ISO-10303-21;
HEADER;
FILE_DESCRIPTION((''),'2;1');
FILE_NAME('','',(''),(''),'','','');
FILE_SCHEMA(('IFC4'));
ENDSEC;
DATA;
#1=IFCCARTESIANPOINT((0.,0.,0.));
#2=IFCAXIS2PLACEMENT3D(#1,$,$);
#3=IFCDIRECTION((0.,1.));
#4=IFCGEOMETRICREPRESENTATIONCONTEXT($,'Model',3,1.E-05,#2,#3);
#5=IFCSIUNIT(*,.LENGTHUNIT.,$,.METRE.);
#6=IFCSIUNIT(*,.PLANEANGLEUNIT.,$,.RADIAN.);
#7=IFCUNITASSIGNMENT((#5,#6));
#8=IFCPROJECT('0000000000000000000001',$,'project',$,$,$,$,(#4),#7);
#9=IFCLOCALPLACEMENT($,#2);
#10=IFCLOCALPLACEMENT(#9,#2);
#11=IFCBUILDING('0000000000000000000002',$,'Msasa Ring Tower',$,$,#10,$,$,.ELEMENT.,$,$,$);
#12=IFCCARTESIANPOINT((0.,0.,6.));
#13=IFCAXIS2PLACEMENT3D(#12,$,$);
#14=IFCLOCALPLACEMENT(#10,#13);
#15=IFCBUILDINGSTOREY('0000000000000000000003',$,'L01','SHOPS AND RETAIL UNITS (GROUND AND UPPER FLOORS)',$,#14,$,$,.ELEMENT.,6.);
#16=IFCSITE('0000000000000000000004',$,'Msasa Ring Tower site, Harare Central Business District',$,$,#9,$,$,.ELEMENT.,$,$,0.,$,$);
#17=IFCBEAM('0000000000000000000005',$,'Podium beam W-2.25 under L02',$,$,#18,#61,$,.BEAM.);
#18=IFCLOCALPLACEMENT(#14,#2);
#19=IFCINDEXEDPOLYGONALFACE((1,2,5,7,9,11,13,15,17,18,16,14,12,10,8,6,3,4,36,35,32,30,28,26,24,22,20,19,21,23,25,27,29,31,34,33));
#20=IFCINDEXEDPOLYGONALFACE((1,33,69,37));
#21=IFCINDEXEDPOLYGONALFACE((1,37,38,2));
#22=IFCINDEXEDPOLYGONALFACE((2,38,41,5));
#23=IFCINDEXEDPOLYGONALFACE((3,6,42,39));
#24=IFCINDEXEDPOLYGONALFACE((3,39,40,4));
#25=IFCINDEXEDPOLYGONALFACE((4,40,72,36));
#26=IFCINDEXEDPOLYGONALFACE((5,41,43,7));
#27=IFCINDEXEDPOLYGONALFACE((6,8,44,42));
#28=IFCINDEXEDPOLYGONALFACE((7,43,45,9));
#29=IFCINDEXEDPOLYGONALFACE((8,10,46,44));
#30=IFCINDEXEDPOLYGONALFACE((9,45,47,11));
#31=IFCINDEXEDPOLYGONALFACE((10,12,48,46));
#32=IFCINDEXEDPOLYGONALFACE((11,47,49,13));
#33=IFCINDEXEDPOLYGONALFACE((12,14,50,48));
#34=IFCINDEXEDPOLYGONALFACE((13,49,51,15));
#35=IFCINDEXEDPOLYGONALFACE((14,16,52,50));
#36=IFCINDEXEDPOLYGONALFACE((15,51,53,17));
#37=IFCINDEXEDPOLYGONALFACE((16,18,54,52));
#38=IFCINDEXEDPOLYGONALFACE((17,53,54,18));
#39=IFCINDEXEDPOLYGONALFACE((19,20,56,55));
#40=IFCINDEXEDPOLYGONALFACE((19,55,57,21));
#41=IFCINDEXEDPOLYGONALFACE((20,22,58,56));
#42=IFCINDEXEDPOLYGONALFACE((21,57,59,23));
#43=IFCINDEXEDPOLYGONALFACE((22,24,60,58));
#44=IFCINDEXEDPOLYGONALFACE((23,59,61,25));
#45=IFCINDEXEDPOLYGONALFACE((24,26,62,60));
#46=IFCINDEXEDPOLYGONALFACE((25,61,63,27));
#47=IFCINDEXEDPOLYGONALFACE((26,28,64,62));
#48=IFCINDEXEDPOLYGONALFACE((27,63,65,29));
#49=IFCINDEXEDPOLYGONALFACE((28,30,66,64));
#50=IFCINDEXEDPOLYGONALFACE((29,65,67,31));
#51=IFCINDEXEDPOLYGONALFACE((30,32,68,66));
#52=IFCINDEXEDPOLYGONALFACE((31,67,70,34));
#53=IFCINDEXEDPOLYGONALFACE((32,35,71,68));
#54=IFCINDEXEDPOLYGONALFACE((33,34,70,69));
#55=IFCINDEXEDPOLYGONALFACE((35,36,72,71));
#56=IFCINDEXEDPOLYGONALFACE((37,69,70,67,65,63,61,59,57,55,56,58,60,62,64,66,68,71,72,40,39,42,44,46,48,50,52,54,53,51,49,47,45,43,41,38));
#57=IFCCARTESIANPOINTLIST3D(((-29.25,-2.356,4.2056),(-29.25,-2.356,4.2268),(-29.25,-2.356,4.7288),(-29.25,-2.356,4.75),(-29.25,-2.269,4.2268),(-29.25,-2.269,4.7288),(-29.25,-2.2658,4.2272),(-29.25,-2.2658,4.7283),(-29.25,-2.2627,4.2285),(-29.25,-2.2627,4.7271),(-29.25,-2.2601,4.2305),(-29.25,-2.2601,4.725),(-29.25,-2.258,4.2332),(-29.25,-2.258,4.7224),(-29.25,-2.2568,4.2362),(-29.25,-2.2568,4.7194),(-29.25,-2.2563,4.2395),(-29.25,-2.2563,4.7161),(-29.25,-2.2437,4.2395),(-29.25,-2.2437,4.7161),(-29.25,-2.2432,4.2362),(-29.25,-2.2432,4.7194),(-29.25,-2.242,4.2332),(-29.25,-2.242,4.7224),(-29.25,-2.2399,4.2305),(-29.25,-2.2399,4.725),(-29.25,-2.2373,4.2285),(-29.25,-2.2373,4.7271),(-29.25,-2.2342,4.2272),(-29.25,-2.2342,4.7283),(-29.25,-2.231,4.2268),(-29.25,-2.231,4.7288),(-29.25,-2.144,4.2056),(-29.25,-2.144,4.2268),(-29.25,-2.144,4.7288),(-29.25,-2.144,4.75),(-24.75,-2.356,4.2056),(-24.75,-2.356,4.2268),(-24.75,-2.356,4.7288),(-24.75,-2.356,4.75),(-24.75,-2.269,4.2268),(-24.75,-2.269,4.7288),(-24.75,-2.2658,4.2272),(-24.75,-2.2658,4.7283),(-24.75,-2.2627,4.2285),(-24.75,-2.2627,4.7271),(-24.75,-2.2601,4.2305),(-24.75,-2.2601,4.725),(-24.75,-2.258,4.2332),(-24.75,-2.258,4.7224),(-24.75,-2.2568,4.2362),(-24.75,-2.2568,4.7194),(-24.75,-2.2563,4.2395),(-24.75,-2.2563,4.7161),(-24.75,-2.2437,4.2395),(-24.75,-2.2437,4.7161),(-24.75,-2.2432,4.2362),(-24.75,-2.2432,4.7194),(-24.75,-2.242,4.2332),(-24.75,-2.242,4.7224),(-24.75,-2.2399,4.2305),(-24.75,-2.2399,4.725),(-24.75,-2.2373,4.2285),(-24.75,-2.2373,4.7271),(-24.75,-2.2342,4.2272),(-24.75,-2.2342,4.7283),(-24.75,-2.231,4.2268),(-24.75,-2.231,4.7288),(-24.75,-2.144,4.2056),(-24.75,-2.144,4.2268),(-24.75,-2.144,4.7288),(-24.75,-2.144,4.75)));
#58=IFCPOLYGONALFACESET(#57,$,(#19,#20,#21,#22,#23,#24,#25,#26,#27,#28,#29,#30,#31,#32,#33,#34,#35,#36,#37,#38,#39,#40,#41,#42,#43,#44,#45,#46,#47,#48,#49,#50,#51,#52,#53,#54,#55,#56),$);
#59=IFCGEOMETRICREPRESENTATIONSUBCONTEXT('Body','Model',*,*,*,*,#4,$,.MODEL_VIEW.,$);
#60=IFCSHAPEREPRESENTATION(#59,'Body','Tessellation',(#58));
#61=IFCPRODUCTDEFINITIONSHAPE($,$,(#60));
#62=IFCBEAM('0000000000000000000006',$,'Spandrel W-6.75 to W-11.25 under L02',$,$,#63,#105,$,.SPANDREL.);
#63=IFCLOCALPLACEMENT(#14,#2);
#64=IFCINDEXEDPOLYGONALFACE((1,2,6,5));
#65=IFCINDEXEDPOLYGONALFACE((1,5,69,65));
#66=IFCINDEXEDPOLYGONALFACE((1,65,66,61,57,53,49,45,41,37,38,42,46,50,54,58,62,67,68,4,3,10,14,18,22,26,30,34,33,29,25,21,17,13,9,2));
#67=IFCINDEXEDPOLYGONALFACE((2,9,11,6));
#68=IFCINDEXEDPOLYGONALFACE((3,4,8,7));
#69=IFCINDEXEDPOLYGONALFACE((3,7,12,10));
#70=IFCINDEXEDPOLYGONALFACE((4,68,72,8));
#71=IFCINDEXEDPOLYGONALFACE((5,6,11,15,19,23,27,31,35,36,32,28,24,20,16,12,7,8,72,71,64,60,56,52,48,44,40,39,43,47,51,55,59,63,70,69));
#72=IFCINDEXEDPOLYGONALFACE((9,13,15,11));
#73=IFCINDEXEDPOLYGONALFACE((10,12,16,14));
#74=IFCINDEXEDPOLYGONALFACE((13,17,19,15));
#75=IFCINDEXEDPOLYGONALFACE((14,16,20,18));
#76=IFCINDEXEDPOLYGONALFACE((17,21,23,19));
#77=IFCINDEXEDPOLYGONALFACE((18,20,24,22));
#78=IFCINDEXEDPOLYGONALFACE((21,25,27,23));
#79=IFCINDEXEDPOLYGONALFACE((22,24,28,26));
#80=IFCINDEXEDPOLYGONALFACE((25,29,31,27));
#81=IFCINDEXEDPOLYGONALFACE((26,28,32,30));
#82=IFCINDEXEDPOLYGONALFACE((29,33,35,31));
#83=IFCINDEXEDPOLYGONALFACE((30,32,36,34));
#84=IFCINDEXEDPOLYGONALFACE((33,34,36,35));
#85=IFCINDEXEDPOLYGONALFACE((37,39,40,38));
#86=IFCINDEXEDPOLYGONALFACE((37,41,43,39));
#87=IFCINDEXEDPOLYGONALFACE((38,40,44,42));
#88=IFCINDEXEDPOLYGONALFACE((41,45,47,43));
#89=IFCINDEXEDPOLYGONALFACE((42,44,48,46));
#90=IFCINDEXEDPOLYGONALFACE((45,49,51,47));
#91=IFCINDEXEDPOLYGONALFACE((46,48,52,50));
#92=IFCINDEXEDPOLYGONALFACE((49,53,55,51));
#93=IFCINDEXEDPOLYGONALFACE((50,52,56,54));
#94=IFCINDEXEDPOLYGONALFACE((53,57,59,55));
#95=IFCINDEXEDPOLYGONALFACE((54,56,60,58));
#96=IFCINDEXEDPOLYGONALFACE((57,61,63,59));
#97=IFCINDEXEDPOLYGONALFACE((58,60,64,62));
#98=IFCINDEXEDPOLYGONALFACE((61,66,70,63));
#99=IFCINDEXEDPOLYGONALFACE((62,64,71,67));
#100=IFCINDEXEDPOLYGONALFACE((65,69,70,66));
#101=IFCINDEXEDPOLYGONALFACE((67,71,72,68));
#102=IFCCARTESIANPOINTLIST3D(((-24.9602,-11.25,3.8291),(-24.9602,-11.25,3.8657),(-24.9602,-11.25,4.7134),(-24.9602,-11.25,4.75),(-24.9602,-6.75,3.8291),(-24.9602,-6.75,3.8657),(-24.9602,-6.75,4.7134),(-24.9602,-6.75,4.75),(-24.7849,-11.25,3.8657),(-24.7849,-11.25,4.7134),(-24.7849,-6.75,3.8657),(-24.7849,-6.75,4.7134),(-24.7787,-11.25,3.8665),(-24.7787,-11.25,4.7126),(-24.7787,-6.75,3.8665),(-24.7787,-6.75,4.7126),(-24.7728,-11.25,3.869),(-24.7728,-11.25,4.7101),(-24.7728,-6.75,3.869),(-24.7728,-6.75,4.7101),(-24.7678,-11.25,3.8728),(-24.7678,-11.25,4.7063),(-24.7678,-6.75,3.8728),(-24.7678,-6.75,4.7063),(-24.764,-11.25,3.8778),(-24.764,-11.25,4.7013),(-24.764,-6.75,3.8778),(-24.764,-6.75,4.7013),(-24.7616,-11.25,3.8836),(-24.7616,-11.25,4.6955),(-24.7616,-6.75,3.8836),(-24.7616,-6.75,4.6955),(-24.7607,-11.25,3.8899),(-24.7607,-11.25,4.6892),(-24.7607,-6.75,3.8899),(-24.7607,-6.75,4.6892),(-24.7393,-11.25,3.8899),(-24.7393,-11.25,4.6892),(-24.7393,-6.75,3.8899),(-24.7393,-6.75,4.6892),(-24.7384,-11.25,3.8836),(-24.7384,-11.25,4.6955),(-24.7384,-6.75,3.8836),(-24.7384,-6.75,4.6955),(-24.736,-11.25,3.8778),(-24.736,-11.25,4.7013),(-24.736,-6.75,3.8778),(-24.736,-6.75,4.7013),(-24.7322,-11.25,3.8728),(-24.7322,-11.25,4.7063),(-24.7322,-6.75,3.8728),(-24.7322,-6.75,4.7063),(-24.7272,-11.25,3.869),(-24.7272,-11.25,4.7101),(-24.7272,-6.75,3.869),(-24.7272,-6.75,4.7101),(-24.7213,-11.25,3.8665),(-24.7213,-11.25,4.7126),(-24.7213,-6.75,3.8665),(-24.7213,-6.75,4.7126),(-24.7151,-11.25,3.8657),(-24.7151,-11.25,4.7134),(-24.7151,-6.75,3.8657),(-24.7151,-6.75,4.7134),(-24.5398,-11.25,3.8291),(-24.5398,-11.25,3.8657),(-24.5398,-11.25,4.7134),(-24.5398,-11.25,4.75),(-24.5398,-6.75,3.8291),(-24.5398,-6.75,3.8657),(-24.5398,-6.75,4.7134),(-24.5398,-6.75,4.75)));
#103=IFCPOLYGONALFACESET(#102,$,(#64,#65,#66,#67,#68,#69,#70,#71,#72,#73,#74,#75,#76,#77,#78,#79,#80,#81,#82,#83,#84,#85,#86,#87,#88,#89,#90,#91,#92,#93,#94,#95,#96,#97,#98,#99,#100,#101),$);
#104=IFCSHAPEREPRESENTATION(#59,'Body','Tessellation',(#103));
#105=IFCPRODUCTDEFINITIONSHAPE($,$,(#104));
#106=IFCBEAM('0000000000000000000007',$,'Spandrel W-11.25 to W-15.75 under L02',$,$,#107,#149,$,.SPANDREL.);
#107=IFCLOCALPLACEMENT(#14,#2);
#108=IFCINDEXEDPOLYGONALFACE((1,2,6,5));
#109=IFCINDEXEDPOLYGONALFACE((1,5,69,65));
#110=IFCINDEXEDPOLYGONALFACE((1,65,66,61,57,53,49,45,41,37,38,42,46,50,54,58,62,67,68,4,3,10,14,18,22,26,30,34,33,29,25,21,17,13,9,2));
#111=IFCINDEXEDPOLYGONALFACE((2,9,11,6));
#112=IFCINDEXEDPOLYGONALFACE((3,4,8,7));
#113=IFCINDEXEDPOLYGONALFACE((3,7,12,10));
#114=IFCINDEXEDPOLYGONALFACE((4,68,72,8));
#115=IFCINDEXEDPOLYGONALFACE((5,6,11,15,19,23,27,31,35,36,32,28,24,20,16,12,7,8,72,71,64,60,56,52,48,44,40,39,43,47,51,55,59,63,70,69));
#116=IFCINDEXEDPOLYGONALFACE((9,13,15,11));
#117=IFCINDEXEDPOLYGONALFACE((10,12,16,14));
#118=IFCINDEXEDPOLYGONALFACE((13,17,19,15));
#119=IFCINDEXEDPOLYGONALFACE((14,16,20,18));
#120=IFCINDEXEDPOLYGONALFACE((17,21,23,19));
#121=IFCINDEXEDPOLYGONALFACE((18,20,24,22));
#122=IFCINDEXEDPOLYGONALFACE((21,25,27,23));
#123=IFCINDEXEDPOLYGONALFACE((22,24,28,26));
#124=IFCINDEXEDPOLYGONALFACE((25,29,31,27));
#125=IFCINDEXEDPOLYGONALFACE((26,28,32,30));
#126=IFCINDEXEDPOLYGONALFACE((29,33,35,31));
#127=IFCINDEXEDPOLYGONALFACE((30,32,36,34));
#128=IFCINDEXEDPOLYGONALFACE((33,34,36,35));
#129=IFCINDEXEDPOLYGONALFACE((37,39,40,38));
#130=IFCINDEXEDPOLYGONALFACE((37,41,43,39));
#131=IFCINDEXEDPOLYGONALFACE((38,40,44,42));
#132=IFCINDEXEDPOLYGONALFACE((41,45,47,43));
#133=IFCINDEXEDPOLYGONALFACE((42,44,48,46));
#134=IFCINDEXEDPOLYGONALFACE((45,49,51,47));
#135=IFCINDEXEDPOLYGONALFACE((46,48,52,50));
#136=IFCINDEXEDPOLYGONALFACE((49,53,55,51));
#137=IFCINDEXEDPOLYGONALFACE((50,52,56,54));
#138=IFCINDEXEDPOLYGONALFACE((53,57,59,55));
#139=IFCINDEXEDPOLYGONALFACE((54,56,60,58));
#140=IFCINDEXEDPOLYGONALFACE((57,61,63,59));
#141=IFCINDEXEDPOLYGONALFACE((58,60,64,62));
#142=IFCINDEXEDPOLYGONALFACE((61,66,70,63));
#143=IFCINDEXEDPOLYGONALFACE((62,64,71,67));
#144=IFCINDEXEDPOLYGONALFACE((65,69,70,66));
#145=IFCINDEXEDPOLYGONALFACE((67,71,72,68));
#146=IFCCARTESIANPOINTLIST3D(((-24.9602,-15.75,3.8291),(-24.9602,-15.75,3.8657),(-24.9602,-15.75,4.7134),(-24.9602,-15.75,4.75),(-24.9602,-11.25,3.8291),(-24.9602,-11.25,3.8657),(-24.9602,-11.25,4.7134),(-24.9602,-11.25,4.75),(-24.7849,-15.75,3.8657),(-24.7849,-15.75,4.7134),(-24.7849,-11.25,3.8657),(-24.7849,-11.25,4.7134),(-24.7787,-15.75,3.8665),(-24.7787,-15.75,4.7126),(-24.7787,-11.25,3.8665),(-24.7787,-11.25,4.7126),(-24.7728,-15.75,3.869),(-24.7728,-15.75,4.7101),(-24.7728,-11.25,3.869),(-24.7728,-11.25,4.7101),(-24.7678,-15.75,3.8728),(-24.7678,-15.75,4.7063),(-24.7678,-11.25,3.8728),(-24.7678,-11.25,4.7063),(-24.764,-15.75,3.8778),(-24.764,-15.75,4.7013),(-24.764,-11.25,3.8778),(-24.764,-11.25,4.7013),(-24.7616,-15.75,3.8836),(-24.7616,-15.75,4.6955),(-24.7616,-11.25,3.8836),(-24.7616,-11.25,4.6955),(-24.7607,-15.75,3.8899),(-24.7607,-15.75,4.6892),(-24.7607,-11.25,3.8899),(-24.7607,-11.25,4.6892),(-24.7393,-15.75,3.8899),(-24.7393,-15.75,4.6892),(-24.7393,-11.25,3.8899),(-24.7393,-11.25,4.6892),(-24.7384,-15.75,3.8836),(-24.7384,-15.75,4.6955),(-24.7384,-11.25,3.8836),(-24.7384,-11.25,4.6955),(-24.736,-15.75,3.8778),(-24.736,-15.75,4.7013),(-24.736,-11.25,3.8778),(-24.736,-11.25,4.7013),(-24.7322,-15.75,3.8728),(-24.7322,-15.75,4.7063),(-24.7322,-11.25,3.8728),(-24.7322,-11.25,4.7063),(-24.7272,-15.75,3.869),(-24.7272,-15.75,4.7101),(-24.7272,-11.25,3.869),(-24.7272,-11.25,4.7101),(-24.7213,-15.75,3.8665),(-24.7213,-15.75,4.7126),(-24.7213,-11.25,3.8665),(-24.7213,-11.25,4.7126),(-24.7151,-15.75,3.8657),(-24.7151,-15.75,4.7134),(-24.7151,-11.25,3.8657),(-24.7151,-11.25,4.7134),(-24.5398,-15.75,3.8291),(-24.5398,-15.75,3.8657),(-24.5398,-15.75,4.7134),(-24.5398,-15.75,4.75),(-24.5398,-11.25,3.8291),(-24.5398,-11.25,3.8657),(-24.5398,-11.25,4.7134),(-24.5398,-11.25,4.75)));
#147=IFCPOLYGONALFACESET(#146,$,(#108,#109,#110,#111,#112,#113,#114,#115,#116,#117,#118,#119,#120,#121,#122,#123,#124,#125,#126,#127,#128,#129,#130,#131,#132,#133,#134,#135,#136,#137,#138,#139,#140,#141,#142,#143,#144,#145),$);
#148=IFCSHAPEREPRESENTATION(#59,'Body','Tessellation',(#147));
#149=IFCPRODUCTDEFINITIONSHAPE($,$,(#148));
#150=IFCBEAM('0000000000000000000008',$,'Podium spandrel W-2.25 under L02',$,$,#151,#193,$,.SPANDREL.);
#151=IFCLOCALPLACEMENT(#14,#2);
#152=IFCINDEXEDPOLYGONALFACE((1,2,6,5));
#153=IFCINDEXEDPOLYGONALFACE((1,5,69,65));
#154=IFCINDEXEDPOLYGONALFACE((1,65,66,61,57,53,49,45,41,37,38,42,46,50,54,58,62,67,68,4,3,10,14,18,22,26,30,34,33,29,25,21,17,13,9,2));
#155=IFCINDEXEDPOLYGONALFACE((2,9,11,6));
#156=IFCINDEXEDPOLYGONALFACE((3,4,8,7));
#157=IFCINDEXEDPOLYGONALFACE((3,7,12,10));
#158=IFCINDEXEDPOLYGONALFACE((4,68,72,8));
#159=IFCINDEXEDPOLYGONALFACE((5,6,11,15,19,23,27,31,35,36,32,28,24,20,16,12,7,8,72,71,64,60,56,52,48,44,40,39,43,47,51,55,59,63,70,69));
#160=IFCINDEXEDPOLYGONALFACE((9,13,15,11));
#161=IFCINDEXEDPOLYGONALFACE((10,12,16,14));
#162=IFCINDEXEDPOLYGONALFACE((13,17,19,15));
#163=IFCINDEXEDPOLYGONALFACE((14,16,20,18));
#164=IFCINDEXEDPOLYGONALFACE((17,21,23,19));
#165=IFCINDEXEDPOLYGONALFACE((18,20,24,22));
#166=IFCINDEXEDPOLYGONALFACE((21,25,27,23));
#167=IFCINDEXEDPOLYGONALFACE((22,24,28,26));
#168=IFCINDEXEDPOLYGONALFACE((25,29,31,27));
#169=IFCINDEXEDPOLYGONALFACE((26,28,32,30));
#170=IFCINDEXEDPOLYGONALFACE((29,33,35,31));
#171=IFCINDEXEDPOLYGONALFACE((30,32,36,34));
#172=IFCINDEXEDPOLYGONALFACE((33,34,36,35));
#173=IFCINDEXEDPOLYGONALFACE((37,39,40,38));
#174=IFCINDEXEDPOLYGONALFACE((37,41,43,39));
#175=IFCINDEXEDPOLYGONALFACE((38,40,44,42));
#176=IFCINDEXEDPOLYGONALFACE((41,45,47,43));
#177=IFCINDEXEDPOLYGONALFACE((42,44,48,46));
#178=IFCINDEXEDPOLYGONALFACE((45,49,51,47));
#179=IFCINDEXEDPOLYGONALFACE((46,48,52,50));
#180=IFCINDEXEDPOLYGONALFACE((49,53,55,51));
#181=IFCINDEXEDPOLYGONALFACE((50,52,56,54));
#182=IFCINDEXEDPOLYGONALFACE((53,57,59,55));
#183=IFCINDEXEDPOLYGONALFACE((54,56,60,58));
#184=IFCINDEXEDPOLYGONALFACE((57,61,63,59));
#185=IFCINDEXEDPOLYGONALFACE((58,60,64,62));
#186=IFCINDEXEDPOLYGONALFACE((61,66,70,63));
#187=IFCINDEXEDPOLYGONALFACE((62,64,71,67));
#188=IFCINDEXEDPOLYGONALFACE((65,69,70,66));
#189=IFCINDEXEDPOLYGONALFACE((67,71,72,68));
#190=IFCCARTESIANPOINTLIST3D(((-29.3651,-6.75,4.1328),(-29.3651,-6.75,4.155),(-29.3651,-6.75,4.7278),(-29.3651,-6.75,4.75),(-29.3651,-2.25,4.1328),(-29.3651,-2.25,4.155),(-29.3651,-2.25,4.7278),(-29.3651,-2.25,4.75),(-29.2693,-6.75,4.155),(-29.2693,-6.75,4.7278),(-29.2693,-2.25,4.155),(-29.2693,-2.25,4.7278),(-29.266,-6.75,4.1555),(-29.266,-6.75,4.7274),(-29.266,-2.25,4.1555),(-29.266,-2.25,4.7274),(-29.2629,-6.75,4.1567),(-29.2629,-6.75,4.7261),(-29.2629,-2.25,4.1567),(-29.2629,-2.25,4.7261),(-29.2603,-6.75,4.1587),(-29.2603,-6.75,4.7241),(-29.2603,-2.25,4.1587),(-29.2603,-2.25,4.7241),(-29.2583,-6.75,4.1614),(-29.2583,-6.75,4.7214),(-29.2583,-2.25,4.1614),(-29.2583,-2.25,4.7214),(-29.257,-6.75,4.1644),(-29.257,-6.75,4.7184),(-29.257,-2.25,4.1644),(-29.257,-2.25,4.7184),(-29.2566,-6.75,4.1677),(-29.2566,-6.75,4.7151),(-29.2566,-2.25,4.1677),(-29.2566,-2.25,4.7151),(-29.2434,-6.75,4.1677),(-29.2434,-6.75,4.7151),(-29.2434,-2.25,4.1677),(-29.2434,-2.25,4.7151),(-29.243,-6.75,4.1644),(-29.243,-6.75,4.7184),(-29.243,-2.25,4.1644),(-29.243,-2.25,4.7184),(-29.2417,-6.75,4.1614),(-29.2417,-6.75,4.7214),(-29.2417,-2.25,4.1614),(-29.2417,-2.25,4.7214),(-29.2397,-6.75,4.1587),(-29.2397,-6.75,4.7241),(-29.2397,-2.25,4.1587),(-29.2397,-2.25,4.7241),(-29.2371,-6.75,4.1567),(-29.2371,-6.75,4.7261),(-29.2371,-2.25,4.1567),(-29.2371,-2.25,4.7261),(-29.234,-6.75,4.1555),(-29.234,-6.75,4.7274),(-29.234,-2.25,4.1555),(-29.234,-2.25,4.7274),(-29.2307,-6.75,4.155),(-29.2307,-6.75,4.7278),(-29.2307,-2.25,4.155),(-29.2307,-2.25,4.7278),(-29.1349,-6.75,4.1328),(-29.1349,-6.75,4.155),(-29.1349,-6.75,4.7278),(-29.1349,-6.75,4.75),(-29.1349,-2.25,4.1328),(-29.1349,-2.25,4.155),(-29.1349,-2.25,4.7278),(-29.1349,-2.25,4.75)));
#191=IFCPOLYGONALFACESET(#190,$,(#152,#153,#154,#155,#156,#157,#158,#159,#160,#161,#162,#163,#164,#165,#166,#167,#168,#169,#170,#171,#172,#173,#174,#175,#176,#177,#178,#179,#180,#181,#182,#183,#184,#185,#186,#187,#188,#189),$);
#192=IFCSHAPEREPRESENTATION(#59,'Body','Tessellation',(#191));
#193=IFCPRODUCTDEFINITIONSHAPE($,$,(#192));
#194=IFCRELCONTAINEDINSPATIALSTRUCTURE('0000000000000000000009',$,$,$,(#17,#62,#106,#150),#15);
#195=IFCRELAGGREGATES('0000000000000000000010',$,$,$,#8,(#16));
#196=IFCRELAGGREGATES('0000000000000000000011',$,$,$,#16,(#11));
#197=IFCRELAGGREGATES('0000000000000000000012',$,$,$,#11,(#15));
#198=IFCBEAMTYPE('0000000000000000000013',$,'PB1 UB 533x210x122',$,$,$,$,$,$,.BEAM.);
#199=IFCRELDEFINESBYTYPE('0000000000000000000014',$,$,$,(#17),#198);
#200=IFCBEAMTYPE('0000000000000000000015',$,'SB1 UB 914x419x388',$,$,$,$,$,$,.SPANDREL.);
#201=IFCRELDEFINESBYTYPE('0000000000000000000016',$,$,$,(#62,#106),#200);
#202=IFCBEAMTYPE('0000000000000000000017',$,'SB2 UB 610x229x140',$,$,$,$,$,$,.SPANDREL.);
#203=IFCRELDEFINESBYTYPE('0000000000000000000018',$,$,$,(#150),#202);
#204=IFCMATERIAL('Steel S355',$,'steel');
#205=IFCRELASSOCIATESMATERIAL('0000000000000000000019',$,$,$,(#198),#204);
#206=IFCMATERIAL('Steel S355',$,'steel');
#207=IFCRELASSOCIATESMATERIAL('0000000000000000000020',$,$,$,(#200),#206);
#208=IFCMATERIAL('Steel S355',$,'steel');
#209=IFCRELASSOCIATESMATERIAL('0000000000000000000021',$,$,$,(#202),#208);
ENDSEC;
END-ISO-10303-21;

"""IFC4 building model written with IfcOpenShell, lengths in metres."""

from ifc_helpers import new_model, si_unit, direction, frame, origin, origin_2d, place, context, subcontext, project, spatial, i_section, extrude, material, material_profile, profile_set, type_object, element, save


model = new_model("IFC4")

# Units and contexts
model_context = context("Model", 3, precision=1e-05, world=origin(), true_north=direction((0.0, 1.0)))
body_context = subcontext(model_context, "Body", "Model", "MODEL_VIEW")
ifc_project = project(units=[si_unit("LENGTHUNIT", "METRE"), si_unit("PLANEANGLEUNIT", "RADIAN")], contexts=[model_context])

# Site, building, storey
site_placement = place(None, origin())
site = spatial("IfcSite", under=ifc_project, at=site_placement, Name="Msasa Ring Tower site, Harare Central Business District", CompositionType="ELEMENT", RefElevation=0.0)
building_placement = place(site_placement, origin())
building = spatial("IfcBuilding", under=site, at=building_placement, Name="Msasa Ring Tower", CompositionType="ELEMENT")
storey_placement = place(building_placement, frame((0.0, 0.0, 6.0)))
storey = spatial("IfcBuildingStorey", under=building, at=storey_placement, Name="L01", Description="SHOPS AND RETAIL UNITS (GROUND AND UPPER FLOORS)", CompositionType="ELEMENT", Elevation=6.0)

# Beams
ifc_material_1 = material(Name="Steel S355", Category="steel")
ifc_material_profile_1 = material_profile(ifc_material_1, i_section(OverallWidth=0.2119, OverallDepth=0.5444, WebThickness=0.0127, FlangeThickness=0.0212, FilletRadius=0.0127, at=origin_2d()), Name="UB 533x210x122")
ifc_profile_set_1 = profile_set([ifc_material_profile_1], Name="Steel S355")
beam_type_1 = type_object("IfcBeamType", Name="PB1 UB 533x210x122", PredefinedType="BEAM", material=ifc_profile_set_1)
for number, where, z_axis, x_axis, name in (
    (1, (-29.25, -2.25, 4.4778), (1.0, 0.0, 0.0), (0.0, 1.0, 0.0), "Podium beam W-2.25 under L02"),
):
    element("IfcBeam", number, at=place(storey_placement, frame(where, z_axis=z_axis, x_axis=x_axis)), inside=storey, type_object=beam_type_1, Name=name, PredefinedType="BEAM", context=body_context, shape_type="SweptSolid", body=[
        extrude(i_section(OverallWidth=0.2119, OverallDepth=0.5444, WebThickness=0.0127, FlangeThickness=0.0212, FilletRadius=0.0127, at=origin_2d()), origin(), (0.0, 0.0, 1.0), 4.5),
    ])
ifc_material_2 = material(Name="Steel S355", Category="steel")
ifc_material_profile_2 = material_profile(ifc_material_2, i_section(OverallWidth=0.4204, OverallDepth=0.9209, WebThickness=0.0215, FlangeThickness=0.0366, FilletRadius=0.0242, at=origin_2d()), Name="UB 914x419x388")
ifc_profile_set_2 = profile_set([ifc_material_profile_2], Name="Steel S355")
beam_type_2 = type_object("IfcBeamType", Name="SB1 UB 914x419x388", PredefinedType="SPANDREL", material=ifc_profile_set_2)
for number, where, z_axis, x_axis, name in (
    (2, (-24.75, -6.75, 4.2896), (0.0, -1.0, 0.0), (1.0, 0.0, 0.0), "Spandrel W-6.75 to W-11.25 under L02"),
    (3, (-24.75, -11.25, 4.2896), (0.0, -1.0, 0.0), (1.0, 0.0, 0.0), "Spandrel W-11.25 to W-15.75 under L02"),
):
    element("IfcBeam", number, at=place(storey_placement, frame(where, z_axis=z_axis, x_axis=x_axis)), inside=storey, type_object=beam_type_2, Name=name, PredefinedType="SPANDREL", context=body_context, shape_type="SweptSolid", body=[
        extrude(i_section(OverallWidth=0.4204, OverallDepth=0.9209, WebThickness=0.0215, FlangeThickness=0.0366, FilletRadius=0.0242, at=origin_2d()), origin(), (0.0, 0.0, 1.0), 4.5),
    ])
ifc_material_3 = material(Name="Steel S355", Category="steel")
ifc_material_profile_3 = material_profile(ifc_material_3, i_section(OverallWidth=0.2302, OverallDepth=0.6172, WebThickness=0.0132, FlangeThickness=0.0222, FilletRadius=0.0127, at=origin_2d()), Name="UB 610x229x140")
ifc_profile_set_3 = profile_set([ifc_material_profile_3], Name="Steel S355")
beam_type_3 = type_object("IfcBeamType", Name="SB2 UB 610x229x140", PredefinedType="SPANDREL", material=ifc_profile_set_3)
for number, where, z_axis, x_axis, name in (
    (4, (-29.25, -2.25, 4.4414), (0.0, -1.0, 0.0), (1.0, 0.0, 0.0), "Podium spandrel W-2.25 under L02"),
):
    element("IfcBeam", number, at=place(storey_placement, frame(where, z_axis=z_axis, x_axis=x_axis)), inside=storey, type_object=beam_type_3, Name=name, PredefinedType="SPANDREL", context=body_context, shape_type="SweptSolid", body=[
        extrude(i_section(OverallWidth=0.2302, OverallDepth=0.6172, WebThickness=0.0132, FlangeThickness=0.0222, FilletRadius=0.0127, at=origin_2d()), origin(), (0.0, 0.0, 1.0), 4.5),
    ])

save(model, "model.ifc")
